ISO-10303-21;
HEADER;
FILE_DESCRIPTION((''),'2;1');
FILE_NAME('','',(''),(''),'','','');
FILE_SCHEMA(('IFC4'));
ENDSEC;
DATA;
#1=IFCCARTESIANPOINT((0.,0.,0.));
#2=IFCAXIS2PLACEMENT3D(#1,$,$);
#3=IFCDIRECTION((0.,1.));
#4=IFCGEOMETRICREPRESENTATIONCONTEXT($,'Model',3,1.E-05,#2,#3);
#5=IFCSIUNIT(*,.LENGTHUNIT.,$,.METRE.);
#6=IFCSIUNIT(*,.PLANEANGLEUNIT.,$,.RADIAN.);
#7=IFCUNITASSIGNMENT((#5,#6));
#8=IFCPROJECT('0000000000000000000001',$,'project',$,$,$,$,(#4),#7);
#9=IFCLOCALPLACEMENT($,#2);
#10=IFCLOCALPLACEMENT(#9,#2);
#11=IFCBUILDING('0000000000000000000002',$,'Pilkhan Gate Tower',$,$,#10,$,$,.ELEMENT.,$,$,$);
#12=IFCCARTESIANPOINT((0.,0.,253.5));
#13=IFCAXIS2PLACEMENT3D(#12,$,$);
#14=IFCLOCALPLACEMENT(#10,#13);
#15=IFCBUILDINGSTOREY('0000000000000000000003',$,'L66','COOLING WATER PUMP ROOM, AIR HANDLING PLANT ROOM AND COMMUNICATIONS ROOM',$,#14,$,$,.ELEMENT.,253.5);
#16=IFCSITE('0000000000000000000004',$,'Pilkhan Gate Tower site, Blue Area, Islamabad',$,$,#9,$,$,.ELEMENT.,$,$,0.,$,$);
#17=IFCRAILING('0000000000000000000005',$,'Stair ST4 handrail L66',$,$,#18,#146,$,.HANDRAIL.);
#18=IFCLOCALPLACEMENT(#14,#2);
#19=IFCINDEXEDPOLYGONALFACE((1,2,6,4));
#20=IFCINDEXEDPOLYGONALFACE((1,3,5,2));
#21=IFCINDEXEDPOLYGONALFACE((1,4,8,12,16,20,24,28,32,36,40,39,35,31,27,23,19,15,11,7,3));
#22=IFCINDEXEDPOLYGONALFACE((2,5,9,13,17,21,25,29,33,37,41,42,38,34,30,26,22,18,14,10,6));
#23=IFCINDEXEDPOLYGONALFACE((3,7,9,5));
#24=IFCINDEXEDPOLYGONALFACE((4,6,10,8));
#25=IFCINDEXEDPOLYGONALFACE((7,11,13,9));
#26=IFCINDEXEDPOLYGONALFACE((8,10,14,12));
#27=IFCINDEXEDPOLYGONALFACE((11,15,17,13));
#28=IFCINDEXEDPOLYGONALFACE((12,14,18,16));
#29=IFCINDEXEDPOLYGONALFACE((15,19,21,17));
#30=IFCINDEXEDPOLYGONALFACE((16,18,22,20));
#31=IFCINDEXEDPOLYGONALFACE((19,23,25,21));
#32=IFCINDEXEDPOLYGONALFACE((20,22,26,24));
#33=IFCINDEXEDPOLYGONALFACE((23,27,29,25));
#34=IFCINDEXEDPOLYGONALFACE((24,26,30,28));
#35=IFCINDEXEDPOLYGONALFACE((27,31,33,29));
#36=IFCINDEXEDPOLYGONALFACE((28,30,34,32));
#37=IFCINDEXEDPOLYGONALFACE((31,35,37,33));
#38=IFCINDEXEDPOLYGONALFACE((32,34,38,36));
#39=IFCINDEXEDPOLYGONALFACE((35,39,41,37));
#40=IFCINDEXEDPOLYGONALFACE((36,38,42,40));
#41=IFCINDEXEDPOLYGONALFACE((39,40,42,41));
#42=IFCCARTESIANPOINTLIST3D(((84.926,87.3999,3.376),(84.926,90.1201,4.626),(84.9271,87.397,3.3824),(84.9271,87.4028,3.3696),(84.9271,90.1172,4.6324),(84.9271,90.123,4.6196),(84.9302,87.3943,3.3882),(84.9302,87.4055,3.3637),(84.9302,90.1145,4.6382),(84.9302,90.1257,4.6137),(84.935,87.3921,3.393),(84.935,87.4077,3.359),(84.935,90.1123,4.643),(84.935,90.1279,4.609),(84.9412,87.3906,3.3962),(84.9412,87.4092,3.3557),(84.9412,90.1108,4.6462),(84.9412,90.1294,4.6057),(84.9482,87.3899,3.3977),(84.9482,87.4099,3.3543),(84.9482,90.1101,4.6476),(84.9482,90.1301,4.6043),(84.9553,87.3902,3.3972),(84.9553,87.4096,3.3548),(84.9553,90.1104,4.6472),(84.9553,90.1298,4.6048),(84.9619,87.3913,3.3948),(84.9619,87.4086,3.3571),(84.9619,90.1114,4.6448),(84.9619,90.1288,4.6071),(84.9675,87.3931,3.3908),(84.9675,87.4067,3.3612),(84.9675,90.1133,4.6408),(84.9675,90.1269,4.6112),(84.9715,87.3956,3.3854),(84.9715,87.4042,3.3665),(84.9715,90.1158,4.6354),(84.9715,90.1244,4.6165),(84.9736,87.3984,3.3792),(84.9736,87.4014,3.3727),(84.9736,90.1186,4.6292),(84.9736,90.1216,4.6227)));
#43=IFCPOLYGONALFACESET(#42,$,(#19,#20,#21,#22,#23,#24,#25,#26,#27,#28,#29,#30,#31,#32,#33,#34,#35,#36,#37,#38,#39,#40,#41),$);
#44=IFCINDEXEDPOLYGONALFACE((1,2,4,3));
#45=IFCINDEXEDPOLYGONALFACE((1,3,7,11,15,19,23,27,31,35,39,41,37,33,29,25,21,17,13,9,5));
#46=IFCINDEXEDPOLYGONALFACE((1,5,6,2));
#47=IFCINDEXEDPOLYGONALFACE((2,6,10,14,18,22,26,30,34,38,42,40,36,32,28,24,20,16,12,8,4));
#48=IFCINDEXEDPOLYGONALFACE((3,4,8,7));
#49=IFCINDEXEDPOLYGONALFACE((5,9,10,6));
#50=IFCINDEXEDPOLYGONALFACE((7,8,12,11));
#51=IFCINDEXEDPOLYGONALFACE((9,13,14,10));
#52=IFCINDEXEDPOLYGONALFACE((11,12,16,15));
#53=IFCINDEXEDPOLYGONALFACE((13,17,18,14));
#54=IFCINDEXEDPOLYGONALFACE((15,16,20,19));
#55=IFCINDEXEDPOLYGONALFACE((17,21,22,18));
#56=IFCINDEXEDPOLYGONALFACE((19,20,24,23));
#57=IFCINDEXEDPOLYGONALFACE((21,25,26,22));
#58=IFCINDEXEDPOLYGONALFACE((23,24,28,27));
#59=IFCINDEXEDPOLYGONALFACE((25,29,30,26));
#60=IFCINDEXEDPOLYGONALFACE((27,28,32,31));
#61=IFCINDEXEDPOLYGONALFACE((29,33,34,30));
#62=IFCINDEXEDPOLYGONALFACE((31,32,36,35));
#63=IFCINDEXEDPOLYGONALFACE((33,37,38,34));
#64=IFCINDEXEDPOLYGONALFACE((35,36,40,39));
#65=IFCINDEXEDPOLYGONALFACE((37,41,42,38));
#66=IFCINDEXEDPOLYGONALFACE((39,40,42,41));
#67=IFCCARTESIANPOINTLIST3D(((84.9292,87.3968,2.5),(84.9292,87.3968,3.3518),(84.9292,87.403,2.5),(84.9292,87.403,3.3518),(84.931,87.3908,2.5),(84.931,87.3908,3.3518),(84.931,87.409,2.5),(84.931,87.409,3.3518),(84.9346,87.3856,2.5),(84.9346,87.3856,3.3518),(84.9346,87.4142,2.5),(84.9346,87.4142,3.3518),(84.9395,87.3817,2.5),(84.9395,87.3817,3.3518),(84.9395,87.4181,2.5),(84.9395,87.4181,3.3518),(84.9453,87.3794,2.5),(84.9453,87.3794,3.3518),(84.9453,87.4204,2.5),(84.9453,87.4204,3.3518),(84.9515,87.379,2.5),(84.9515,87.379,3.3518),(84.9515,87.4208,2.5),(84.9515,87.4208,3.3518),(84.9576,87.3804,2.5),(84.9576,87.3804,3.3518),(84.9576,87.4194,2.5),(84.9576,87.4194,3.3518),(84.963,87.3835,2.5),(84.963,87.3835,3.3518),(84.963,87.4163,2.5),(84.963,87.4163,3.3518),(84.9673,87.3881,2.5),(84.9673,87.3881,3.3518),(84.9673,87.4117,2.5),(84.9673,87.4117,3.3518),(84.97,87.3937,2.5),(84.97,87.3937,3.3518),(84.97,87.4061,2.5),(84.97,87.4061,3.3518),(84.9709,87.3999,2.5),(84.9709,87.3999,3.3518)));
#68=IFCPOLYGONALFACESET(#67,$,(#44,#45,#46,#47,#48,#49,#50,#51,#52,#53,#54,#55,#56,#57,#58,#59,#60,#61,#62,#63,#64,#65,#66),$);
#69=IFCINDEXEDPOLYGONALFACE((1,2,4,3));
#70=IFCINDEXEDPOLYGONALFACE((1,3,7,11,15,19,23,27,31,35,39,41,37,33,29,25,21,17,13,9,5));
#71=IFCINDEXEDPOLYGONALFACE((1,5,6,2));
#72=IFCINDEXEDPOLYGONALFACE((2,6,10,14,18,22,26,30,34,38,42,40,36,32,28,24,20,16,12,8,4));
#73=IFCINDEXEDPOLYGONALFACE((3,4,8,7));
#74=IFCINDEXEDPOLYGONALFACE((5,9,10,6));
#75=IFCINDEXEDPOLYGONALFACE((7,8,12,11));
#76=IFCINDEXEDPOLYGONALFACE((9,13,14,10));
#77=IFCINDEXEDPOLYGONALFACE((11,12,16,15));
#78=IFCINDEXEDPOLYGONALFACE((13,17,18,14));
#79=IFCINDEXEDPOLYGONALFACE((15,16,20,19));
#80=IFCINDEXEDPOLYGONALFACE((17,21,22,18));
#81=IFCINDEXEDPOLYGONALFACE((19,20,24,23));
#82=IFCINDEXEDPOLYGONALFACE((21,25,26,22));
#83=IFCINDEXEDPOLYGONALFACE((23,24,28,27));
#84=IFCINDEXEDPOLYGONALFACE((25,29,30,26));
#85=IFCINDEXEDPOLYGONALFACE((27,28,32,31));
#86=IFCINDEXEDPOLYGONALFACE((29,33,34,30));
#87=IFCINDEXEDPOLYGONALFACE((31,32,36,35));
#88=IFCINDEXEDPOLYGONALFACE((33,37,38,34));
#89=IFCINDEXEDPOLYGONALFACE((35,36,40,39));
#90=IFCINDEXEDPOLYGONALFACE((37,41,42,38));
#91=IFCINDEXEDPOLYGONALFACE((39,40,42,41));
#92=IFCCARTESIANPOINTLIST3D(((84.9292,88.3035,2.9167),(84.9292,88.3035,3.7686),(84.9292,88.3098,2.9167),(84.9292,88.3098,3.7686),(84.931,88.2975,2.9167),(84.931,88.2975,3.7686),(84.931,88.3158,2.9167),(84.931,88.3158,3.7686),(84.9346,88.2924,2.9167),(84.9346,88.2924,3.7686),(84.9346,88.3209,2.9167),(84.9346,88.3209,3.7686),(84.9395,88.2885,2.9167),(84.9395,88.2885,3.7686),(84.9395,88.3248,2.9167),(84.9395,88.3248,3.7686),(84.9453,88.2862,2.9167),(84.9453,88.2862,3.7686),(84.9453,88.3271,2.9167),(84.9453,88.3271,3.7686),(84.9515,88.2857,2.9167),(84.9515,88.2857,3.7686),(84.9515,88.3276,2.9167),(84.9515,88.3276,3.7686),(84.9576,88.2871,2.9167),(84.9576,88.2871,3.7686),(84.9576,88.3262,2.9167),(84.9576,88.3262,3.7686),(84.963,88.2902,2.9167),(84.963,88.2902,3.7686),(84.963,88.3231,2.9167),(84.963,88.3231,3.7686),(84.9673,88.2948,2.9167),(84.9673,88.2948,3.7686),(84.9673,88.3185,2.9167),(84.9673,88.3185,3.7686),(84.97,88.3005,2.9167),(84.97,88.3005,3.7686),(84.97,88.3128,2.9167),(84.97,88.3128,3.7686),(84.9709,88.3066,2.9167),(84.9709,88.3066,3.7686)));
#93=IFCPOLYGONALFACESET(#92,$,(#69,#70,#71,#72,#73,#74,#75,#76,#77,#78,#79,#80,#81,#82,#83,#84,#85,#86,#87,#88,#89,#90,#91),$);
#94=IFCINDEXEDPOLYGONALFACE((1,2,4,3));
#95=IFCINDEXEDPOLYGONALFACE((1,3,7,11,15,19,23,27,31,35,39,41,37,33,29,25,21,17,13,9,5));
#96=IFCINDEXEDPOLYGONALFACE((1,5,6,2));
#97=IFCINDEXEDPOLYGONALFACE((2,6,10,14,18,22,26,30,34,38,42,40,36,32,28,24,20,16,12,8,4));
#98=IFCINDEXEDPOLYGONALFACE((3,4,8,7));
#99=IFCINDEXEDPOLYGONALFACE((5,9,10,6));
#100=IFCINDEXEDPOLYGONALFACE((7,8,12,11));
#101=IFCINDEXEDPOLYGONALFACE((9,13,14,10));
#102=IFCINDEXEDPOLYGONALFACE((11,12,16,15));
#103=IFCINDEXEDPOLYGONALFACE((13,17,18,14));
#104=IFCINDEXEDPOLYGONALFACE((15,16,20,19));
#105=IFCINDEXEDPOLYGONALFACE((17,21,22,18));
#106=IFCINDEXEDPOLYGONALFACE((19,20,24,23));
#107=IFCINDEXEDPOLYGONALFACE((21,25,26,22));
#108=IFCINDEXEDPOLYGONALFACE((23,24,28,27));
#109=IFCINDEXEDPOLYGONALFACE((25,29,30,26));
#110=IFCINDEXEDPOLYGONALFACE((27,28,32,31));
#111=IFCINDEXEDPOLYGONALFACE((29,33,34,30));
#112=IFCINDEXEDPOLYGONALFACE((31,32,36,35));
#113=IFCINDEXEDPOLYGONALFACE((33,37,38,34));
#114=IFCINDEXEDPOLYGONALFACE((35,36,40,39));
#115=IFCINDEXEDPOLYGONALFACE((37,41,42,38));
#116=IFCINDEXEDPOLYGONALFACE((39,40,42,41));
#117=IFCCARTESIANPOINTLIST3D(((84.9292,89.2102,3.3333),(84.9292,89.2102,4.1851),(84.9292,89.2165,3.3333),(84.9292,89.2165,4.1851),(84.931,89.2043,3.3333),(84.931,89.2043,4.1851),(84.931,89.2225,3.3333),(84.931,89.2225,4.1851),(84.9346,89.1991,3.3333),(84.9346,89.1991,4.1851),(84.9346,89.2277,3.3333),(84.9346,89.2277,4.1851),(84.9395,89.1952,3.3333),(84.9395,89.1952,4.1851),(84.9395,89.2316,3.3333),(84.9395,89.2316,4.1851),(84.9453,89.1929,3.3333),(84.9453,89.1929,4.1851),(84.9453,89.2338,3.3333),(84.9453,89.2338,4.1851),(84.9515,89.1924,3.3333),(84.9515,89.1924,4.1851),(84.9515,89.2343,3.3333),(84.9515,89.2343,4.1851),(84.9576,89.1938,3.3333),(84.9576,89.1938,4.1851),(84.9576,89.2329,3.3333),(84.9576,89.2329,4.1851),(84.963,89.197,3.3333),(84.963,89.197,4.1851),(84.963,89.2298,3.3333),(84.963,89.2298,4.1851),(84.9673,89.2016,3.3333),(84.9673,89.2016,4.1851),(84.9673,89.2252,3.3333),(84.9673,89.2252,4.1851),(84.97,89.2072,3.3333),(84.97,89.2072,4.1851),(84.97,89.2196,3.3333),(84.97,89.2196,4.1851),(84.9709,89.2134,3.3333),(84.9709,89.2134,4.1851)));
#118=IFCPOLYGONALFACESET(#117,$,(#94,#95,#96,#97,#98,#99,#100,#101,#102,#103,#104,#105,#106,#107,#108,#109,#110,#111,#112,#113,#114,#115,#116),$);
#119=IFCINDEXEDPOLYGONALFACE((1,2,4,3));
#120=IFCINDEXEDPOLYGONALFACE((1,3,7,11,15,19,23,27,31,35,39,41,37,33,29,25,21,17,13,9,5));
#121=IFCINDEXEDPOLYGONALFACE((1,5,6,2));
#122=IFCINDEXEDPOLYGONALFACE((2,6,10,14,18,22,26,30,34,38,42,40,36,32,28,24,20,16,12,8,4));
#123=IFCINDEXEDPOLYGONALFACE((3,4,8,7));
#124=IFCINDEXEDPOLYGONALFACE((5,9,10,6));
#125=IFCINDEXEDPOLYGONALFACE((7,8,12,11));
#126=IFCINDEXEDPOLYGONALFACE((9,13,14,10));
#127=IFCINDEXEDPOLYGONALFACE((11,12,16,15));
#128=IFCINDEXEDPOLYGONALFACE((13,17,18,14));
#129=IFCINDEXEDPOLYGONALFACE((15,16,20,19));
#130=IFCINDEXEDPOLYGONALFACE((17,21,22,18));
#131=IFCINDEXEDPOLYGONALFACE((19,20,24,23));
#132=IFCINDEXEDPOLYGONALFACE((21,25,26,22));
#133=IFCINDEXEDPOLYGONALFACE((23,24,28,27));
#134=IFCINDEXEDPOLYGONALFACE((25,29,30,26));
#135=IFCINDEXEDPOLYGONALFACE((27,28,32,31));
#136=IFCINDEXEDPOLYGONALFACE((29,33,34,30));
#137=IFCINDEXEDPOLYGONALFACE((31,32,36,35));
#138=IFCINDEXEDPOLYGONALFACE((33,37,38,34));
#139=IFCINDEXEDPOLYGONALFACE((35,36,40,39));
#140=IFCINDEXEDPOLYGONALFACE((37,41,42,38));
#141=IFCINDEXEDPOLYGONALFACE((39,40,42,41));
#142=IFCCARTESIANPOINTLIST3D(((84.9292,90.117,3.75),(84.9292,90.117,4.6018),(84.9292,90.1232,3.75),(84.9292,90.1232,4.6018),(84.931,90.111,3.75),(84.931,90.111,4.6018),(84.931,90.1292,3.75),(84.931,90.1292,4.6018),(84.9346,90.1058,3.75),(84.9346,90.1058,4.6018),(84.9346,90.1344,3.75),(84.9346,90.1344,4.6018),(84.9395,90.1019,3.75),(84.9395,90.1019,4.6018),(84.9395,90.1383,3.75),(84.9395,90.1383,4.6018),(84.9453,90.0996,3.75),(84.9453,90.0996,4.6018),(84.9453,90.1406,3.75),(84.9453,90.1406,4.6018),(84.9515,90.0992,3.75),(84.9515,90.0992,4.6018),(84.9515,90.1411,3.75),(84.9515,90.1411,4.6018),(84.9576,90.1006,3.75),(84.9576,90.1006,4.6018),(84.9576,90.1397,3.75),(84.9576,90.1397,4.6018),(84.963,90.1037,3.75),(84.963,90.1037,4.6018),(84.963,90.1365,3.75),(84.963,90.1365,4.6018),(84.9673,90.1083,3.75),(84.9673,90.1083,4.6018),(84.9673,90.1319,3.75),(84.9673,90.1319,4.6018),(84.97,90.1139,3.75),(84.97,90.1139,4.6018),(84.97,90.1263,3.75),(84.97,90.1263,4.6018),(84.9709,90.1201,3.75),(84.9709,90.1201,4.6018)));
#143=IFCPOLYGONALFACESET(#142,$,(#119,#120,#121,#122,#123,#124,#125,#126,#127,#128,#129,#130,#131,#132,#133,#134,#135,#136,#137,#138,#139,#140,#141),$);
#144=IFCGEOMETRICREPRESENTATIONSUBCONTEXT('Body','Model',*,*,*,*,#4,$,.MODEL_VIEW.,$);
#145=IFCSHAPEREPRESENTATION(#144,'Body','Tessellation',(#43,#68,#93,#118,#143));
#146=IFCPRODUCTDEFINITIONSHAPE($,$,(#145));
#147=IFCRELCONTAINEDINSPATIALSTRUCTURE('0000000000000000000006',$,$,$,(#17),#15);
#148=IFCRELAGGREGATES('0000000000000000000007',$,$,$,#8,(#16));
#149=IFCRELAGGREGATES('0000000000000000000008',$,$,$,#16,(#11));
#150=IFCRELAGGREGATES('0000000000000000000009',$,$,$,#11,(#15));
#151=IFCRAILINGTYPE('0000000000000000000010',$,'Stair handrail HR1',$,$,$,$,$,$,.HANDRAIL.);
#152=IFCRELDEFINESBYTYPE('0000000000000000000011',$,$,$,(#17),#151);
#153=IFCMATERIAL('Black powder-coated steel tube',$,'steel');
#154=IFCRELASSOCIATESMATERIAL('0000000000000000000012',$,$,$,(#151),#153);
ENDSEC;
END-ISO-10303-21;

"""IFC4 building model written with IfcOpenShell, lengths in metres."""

from ifc_helpers import new_model, si_unit, direction, frame, origin, origin_2d, place, context, subcontext, project, spatial, circle, extrude, material, type_object, element, save


model = new_model("IFC4")

# Units and contexts
model_context = context("Model", 3, precision=1e-05, world=origin(), true_north=direction((0.0, 1.0)))
body_context = subcontext(model_context, "Body", "Model", "MODEL_VIEW")
ifc_project = project(units=[si_unit("LENGTHUNIT", "METRE"), si_unit("PLANEANGLEUNIT", "RADIAN")], contexts=[model_context])

# Site, building, storey
site_placement = place(None, origin())
site = spatial("IfcSite", under=ifc_project, at=site_placement, Name="Pilkhan Gate Tower site, Blue Area, Islamabad", CompositionType="ELEMENT", RefElevation=0.0)
building_placement = place(site_placement, origin())
building = spatial("IfcBuilding", under=site, at=building_placement, Name="Pilkhan Gate Tower", CompositionType="ELEMENT")
storey_placement = place(building_placement, frame((0.0, 0.0, 253.5)))
storey = spatial("IfcBuildingStorey", under=building, at=storey_placement, Name="L66", Description="COOLING WATER PUMP ROOM, AIR HANDLING PLANT ROOM AND COMMUNICATIONS ROOM", CompositionType="ELEMENT", Elevation=253.5)

# Railing
ifc_material_1 = material(Name="Black powder-coated steel tube", Category="steel")
railing_type_1 = type_object("IfcRailingType", Name="Stair handrail HR1", PredefinedType="HANDRAIL", material=ifc_material_1)
railing_1_placement = place(storey_placement, frame((84.95, 87.3999, 2.5)))
element("IfcRailing", 1, at=railing_1_placement, inside=storey, type_object=railing_type_1, Name="Stair ST4 handrail L66", PredefinedType="HANDRAIL", context=body_context, shape_type="SweptSolid", body=[
    extrude(circle(Radius=0.0239, at=origin_2d()), frame((0.0, 0.0, 0.876), z_axis=(0.0, 0.908655, 0.417547), x_axis=(-1.0, 0.0, 0.0)), (0.0, 0.0, 1.0), 2.9937),
    extrude(circle(Radius=0.021, at=origin_2d()), origin(), (0.0, 0.0, 1.0), 0.8518),
    extrude(circle(Radius=0.021, at=origin_2d()), frame((0.0, 0.9067, 0.4167)), (0.0, 0.0, 1.0), 0.8518),
    extrude(circle(Radius=0.021, at=origin_2d()), frame((0.0, 1.8135, 0.8333)), (0.0, 0.0, 1.0), 0.8518),
    extrude(circle(Radius=0.021, at=origin_2d()), frame((0.0, 2.7202, 1.25)), (0.0, 0.0, 1.0), 0.8518),
])

save(model, "model.ifc")
